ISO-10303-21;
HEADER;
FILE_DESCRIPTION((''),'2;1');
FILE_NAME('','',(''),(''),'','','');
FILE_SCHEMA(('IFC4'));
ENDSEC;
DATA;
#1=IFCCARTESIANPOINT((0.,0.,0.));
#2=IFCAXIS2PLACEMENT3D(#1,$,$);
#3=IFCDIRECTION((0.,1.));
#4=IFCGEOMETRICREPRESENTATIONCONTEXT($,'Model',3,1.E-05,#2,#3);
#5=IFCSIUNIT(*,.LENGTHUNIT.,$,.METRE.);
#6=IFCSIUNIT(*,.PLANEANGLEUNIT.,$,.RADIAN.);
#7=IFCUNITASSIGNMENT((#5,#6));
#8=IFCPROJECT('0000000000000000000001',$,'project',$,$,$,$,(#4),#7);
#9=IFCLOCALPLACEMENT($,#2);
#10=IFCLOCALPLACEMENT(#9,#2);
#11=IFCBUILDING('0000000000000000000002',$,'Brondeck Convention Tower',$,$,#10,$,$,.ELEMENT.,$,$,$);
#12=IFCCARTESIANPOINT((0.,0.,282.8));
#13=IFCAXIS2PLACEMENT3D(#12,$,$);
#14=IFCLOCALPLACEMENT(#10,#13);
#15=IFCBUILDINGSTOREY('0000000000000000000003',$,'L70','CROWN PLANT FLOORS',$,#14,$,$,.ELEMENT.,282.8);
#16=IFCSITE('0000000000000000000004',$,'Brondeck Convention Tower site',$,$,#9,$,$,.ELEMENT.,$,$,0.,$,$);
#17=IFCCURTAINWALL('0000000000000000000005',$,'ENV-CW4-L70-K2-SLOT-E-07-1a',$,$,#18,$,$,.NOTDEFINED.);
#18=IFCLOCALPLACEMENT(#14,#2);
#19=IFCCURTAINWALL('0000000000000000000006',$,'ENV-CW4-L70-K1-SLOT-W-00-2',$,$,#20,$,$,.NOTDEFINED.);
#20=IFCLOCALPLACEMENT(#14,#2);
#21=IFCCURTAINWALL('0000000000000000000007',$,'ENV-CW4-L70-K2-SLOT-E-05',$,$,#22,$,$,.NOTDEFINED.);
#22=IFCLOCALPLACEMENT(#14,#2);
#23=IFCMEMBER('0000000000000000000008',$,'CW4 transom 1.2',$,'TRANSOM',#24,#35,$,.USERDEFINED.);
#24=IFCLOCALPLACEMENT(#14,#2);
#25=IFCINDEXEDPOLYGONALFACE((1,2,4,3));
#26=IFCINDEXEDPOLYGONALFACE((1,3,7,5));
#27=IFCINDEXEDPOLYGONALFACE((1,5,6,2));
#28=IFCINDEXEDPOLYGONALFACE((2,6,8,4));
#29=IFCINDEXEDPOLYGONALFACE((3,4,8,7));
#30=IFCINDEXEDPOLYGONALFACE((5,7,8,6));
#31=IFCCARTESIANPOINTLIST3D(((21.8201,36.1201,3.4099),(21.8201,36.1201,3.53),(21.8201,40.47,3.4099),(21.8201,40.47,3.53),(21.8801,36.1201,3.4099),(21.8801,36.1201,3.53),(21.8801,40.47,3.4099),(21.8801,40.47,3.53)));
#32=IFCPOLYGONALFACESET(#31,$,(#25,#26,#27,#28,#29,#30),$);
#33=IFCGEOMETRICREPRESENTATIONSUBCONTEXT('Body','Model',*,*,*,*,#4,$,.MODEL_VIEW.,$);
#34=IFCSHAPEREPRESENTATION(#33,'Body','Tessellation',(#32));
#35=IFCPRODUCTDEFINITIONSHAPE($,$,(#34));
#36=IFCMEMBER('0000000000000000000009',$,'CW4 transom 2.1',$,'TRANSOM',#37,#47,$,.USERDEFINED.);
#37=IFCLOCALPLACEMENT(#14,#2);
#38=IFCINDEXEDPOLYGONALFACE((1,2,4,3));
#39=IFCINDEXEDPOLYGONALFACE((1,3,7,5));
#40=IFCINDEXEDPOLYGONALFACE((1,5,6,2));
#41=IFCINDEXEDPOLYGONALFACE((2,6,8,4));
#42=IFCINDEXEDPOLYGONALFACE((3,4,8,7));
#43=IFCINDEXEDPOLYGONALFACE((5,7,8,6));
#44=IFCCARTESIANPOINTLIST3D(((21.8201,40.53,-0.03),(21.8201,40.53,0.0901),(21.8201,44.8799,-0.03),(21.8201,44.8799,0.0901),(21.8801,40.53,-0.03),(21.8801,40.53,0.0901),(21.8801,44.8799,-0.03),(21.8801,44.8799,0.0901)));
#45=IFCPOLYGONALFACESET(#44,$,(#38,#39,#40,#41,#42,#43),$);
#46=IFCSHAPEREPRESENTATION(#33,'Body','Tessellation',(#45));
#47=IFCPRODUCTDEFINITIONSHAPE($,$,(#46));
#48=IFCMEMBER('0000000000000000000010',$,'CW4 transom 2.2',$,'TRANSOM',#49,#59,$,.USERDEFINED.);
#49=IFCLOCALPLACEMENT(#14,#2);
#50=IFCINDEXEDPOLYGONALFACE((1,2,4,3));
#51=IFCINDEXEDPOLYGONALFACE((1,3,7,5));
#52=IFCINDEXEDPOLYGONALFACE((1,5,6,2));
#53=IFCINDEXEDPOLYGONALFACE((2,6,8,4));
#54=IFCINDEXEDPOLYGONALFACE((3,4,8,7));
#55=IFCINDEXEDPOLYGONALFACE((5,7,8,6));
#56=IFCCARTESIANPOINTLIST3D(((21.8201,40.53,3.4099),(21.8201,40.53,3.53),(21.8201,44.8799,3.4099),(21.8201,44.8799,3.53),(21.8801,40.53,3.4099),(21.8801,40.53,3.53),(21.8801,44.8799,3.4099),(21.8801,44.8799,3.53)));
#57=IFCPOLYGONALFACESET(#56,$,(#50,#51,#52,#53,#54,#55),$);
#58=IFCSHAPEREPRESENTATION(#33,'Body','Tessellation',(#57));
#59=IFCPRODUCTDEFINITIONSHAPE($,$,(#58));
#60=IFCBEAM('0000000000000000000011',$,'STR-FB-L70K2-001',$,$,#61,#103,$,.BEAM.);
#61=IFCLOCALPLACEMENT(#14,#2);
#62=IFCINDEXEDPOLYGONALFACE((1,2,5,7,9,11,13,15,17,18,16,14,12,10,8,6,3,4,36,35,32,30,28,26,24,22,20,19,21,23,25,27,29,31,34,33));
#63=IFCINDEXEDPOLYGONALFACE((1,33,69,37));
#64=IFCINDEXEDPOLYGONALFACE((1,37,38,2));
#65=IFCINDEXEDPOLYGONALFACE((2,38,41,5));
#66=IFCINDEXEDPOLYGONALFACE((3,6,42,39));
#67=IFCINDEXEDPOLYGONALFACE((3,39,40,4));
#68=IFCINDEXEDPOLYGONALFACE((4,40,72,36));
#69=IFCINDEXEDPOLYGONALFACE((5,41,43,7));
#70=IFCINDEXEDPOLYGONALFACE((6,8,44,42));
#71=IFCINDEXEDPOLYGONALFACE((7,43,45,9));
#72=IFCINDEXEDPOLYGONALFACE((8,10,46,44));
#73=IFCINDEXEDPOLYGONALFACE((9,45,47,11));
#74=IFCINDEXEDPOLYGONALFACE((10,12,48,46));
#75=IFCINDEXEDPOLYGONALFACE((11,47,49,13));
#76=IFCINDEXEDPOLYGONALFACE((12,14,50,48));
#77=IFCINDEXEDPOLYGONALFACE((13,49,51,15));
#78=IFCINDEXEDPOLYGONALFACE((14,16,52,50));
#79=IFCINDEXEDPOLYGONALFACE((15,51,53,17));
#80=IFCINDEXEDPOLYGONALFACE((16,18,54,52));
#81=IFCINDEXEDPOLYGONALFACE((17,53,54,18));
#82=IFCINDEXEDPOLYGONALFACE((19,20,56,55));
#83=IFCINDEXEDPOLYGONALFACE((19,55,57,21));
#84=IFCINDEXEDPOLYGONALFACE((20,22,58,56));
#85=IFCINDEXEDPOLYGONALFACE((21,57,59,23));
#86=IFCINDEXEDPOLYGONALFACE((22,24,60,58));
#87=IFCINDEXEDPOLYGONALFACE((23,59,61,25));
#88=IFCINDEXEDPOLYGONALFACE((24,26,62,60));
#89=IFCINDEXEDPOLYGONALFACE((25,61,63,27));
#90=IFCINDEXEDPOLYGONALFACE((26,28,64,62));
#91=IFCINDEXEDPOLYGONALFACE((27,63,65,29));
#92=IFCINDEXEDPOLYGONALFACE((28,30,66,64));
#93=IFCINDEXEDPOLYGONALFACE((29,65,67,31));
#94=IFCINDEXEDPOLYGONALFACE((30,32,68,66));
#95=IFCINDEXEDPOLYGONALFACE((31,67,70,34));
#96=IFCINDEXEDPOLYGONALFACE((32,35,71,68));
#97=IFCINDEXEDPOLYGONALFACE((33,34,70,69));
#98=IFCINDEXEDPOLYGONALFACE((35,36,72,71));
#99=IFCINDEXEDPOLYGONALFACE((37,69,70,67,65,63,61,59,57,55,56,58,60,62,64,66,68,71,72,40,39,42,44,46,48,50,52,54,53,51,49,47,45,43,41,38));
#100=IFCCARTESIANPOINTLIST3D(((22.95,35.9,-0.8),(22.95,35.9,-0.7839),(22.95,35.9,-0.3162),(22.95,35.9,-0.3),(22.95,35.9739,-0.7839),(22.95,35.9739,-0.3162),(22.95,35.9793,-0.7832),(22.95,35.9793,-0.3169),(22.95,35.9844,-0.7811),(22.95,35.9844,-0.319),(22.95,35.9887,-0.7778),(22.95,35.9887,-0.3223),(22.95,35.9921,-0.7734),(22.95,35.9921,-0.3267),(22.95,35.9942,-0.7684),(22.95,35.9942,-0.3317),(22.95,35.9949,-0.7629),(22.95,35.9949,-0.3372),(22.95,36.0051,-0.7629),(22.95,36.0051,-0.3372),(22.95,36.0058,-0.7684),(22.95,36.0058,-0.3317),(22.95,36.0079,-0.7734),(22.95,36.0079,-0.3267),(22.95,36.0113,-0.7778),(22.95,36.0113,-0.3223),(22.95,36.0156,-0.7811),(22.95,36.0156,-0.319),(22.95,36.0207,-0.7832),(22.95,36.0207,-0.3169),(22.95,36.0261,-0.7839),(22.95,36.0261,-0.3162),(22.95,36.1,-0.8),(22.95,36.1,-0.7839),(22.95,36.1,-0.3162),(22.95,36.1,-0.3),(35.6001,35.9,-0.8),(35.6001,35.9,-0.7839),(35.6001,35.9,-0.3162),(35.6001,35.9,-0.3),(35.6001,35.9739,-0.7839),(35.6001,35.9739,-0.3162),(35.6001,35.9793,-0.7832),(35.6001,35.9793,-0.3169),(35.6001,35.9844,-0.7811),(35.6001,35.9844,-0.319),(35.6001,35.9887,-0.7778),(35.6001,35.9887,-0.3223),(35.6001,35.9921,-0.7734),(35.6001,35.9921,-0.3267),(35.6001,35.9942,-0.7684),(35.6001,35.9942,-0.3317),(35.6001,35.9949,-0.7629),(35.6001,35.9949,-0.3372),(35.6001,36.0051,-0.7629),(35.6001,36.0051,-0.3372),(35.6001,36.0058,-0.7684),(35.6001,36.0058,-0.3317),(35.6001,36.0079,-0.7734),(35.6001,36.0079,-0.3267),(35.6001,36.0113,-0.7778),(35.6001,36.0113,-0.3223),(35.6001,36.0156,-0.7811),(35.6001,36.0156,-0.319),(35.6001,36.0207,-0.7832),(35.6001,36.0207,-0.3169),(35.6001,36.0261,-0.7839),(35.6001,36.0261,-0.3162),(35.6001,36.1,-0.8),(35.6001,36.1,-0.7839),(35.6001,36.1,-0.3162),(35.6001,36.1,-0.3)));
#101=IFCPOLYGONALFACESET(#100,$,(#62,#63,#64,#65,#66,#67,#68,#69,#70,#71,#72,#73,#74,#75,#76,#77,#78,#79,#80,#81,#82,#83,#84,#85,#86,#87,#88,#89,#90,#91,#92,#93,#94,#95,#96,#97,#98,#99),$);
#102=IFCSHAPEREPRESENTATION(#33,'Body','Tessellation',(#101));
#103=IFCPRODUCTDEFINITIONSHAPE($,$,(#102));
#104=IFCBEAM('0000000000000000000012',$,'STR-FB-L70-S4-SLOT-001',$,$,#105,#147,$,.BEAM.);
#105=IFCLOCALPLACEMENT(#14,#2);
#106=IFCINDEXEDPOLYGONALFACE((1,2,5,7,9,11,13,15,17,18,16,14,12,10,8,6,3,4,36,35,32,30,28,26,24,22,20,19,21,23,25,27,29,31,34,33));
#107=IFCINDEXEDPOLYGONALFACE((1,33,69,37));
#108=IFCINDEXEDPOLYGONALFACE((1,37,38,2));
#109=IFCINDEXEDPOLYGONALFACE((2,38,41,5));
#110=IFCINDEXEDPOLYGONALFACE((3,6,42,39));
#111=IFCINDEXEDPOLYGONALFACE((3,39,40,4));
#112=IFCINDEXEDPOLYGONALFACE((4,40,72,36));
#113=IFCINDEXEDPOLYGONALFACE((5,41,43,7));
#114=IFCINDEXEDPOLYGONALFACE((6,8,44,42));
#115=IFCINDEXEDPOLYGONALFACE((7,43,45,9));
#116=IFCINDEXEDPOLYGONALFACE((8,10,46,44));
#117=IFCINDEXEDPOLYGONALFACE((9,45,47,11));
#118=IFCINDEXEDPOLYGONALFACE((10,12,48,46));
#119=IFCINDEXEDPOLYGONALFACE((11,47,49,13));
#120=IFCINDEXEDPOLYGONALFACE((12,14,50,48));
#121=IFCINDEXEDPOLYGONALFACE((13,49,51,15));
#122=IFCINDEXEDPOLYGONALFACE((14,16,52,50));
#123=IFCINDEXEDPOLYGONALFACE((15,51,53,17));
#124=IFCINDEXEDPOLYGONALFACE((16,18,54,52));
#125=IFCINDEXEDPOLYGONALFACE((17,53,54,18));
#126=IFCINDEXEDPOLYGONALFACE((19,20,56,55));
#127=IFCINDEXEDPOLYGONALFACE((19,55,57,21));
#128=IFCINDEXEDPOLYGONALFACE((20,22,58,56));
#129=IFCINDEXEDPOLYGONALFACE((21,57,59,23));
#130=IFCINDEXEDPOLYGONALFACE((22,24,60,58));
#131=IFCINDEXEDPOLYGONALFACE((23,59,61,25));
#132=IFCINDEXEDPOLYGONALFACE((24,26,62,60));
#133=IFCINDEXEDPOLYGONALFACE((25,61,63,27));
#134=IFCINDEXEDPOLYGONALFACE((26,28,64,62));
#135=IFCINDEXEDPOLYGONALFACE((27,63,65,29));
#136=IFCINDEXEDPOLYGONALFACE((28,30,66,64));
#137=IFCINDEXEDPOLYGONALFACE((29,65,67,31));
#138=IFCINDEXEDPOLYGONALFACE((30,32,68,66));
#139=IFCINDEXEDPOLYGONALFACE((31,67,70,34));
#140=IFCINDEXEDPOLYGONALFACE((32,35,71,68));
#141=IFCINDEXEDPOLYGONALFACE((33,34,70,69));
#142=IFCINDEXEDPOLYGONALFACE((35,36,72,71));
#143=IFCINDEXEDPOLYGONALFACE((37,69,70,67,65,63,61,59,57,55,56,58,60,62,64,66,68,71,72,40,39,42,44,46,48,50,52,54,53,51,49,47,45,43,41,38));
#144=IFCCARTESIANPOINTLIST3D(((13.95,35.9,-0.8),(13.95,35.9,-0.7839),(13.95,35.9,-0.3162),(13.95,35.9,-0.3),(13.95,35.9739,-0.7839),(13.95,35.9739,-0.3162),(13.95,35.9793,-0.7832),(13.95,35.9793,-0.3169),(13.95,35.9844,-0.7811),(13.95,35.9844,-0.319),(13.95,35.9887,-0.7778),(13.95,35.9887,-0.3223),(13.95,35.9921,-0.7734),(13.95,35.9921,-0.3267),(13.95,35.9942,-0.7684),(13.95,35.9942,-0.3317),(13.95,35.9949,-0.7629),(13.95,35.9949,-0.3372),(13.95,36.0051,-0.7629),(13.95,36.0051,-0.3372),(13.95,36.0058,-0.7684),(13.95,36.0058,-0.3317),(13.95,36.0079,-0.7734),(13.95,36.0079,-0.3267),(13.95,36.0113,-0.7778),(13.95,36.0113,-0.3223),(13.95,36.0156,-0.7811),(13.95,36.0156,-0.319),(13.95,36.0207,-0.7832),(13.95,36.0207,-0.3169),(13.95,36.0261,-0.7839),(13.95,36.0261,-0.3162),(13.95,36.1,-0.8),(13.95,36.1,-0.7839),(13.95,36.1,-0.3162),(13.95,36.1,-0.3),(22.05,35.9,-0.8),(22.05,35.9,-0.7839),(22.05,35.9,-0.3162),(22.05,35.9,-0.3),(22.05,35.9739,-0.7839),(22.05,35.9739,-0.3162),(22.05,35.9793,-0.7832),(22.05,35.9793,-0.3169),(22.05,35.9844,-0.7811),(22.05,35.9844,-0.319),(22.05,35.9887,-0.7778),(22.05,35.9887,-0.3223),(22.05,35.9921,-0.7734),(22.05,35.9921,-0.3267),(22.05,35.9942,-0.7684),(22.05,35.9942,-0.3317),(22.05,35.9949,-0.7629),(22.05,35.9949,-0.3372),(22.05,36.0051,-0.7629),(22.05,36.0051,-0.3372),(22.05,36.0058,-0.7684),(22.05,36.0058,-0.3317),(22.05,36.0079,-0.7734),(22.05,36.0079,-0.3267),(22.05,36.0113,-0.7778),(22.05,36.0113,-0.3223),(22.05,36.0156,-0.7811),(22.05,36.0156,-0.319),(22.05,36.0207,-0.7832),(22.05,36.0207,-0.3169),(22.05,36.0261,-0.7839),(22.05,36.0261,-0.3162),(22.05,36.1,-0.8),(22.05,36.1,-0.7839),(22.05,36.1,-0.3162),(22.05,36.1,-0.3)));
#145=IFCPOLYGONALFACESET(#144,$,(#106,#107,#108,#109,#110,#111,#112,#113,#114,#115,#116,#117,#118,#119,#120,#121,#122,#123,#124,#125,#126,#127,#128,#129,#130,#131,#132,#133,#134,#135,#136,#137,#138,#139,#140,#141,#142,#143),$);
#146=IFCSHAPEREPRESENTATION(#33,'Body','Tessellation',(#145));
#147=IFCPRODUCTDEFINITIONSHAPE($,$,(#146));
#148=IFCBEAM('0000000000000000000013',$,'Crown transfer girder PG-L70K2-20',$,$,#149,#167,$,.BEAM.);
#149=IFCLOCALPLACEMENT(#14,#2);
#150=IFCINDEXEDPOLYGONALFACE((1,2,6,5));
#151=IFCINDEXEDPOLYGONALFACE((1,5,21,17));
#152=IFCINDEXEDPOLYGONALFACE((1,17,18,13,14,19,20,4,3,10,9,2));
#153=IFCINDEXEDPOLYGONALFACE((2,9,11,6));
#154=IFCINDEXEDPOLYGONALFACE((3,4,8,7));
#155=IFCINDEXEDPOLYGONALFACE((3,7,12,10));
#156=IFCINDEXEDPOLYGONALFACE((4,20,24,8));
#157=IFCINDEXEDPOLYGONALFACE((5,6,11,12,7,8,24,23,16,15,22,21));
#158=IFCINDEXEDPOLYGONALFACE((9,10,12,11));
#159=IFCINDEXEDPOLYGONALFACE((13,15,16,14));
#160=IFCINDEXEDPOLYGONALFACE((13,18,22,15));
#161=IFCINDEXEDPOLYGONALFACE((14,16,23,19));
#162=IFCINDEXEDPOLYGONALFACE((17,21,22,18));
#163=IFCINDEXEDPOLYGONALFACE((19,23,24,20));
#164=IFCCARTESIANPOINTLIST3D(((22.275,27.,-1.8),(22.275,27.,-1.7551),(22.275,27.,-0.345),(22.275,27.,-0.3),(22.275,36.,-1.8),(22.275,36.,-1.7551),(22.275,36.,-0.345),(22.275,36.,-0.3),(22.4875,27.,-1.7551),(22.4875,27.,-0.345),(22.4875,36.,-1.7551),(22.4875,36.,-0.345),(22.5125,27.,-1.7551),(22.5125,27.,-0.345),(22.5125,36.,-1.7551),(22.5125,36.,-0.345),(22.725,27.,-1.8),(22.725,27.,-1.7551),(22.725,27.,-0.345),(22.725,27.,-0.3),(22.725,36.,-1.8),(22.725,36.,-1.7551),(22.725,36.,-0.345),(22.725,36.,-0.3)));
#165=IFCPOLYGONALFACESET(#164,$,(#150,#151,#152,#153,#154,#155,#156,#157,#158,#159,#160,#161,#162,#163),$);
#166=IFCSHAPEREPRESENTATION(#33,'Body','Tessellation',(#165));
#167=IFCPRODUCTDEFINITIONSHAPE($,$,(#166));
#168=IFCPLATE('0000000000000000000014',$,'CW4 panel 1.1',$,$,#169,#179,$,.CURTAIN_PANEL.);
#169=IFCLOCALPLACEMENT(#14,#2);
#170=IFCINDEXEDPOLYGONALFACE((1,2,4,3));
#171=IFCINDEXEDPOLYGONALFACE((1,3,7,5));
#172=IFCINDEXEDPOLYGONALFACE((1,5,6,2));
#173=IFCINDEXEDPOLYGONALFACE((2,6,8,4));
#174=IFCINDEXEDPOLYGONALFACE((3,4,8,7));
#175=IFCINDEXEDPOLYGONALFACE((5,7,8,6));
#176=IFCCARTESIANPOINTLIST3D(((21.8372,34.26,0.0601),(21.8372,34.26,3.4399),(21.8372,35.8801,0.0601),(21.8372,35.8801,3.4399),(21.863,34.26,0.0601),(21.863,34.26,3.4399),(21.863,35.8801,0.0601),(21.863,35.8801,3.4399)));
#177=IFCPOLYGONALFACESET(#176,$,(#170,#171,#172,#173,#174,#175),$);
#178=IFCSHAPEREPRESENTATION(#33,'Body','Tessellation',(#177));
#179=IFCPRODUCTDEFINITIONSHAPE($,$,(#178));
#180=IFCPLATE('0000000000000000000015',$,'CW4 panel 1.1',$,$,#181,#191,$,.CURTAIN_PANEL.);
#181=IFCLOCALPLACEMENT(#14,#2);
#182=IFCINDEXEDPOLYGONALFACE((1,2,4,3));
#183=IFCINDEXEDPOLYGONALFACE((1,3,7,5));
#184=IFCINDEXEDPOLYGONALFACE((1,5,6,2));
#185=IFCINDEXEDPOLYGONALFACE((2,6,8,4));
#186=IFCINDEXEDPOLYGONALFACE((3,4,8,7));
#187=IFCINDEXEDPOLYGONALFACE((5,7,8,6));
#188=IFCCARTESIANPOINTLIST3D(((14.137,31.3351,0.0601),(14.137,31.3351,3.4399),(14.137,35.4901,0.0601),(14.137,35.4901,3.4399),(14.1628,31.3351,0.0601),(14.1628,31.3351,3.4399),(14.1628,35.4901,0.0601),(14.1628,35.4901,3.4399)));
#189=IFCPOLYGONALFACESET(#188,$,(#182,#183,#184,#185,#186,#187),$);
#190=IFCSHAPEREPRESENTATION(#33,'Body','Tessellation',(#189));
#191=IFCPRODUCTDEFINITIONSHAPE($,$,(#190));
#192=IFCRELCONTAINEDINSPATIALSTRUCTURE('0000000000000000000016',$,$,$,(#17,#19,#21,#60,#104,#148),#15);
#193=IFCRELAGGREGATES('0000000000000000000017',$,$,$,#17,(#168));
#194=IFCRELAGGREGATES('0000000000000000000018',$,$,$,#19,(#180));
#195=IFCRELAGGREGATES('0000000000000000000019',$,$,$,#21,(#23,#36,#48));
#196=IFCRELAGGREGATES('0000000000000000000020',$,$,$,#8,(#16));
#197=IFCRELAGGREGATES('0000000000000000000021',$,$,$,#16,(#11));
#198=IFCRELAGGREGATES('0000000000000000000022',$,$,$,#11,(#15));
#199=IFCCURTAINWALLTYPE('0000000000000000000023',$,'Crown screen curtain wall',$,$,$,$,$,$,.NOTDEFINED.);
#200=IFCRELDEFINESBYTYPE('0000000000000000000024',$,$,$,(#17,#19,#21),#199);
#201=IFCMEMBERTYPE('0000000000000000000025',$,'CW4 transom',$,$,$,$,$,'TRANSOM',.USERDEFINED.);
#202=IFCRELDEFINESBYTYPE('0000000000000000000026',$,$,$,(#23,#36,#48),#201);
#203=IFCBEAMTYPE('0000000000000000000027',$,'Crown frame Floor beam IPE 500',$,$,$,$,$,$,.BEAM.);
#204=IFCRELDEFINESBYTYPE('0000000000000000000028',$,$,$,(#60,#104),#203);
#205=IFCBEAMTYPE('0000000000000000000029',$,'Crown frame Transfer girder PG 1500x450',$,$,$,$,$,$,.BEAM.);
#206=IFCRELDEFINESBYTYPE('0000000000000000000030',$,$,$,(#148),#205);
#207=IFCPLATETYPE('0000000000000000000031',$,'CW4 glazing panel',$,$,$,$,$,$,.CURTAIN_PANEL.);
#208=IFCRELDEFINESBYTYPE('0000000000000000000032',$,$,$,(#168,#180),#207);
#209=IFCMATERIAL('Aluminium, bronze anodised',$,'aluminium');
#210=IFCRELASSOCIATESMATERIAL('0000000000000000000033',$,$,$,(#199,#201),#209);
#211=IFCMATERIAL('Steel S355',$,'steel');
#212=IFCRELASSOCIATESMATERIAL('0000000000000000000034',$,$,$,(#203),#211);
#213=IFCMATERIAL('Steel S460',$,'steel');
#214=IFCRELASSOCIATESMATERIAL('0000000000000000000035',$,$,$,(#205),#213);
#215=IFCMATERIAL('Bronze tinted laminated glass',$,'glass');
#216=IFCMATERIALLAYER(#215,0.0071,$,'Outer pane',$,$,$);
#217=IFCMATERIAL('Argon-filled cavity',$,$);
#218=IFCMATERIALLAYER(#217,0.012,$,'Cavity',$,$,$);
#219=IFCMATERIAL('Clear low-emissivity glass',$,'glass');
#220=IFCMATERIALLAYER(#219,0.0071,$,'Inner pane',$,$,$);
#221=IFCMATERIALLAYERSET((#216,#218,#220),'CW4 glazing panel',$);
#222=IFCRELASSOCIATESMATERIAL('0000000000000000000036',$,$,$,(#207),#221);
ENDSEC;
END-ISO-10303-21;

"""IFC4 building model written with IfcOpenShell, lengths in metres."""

from ifc_helpers import new_model, si_unit, direction, frame, origin, origin_2d, place, context, subcontext, project, spatial, rectangle, i_section, extrude, material, layer, layer_set, material_profile, profile_set, type_object, element, aggregate, save


model = new_model("IFC4")

# Units and contexts
model_context = context("Model", 3, precision=1e-05, world=origin(), true_north=direction((0.0, 1.0)))
body_context = subcontext(model_context, "Body", "Model", "MODEL_VIEW")
ifc_project = project(units=[si_unit("LENGTHUNIT", "METRE"), si_unit("PLANEANGLEUNIT", "RADIAN")], contexts=[model_context])

# Site, building, storey
site_placement = place(None, origin())
site = spatial("IfcSite", under=ifc_project, at=site_placement, Name="Brondeck Convention Tower site", CompositionType="ELEMENT", RefElevation=0.0)
building_placement = place(site_placement, origin())
building = spatial("IfcBuilding", under=site, at=building_placement, Name="Brondeck Convention Tower", CompositionType="ELEMENT")
storey_placement = place(building_placement, frame((0.0, 0.0, 282.8)))
storey = spatial("IfcBuildingStorey", under=building, at=storey_placement, Name="L70", Description="CROWN PLANT FLOORS", CompositionType="ELEMENT", Elevation=282.8)

# Curtain walls
ifc_material_1 = material(Name="Aluminium, bronze anodised", Category="aluminium")
curtain_wall_type = type_object("IfcCurtainWallType", Name="Crown screen curtain wall", PredefinedType="NOTDEFINED", material=ifc_material_1)
curtain_wall_1_placement = place(storey_placement, origin())
curtain_wall_1 = element("IfcCurtainWall", 1, at=curtain_wall_1_placement, inside=storey, type_object=curtain_wall_type, Name="ENV-CW4-L70-K2-SLOT-E-07-1a", PredefinedType="NOTDEFINED")
curtain_wall_2_placement = place(storey_placement, origin())
curtain_wall_2 = element("IfcCurtainWall", 2, at=curtain_wall_2_placement, inside=storey, type_object=curtain_wall_type, Name="ENV-CW4-L70-K1-SLOT-W-00-2", PredefinedType="NOTDEFINED")
curtain_wall_3_placement = place(storey_placement, origin())
curtain_wall_3 = element("IfcCurtainWall", 3, at=curtain_wall_3_placement, inside=storey, type_object=curtain_wall_type, Name="ENV-CW4-L70-K2-SLOT-E-05", PredefinedType="NOTDEFINED")

# Members
ifc_material_profile_1 = material_profile(ifc_material_1, rectangle(XDim=0.0601, YDim=0.1201, at=origin_2d()), Name="CW4 transom")
ifc_profile_set_1 = profile_set([ifc_material_profile_1], Name="Aluminium, bronze anodised")
member_type_1 = type_object("IfcMemberType", Name="CW4 transom", ElementType="TRANSOM", PredefinedType="USERDEFINED", material=ifc_profile_set_1)
member_1_placement = place(storey_placement, frame((21.8501, 36.1201, 3.47), z_axis=(0.0, 1.0, 0.0), x_axis=(-1.0, 0.0, 0.0)))
member_1 = element("IfcMember", 4, at=member_1_placement, type_object=member_type_1, Name="CW4 transom 1.2", ObjectType="TRANSOM", PredefinedType="USERDEFINED", context=body_context, shape_type="SweptSolid", body=[
    extrude(rectangle(XDim=0.0601, YDim=0.1201, at=origin_2d()), origin(), (0.0, 0.0, 1.0), 4.3499),
])
member_2_placement = place(storey_placement, frame((21.8501, 40.53, 0.03), z_axis=(0.0, 1.0, 0.0), x_axis=(-1.0, 0.0, 0.0)))
member_2 = element("IfcMember", 5, at=member_2_placement, type_object=member_type_1, Name="CW4 transom 2.1", ObjectType="TRANSOM", PredefinedType="USERDEFINED", context=body_context, shape_type="SweptSolid", body=[
    extrude(rectangle(XDim=0.0601, YDim=0.1201, at=origin_2d()), origin(), (0.0, 0.0, 1.0), 4.3499),
])
member_3_placement = place(storey_placement, frame((21.8501, 40.53, 3.47), z_axis=(0.0, 1.0, 0.0), x_axis=(-1.0, 0.0, 0.0)))
member_3 = element("IfcMember", 6, at=member_3_placement, type_object=member_type_1, Name="CW4 transom 2.2", ObjectType="TRANSOM", PredefinedType="USERDEFINED", context=body_context, shape_type="SweptSolid", body=[
    extrude(rectangle(XDim=0.0601, YDim=0.1201, at=origin_2d()), origin(), (0.0, 0.0, 1.0), 4.3499),
])

# Beams
ifc_material_2 = material(Name="Steel S355", Category="steel")
ifc_material_profile_2 = material_profile(ifc_material_2, i_section(OverallWidth=0.2, OverallDepth=0.5, WebThickness=0.0103, FlangeThickness=0.0161, FilletRadius=0.021, at=origin_2d()), Name="IPE 500")
ifc_profile_set_2 = profile_set([ifc_material_profile_2], Name="Steel S355")
beam_type_1 = type_object("IfcBeamType", Name="Crown frame Floor beam IPE 500", PredefinedType="BEAM", material=ifc_profile_set_2)
beam_1_placement = place(storey_placement, frame((22.95, 36.0, -0.55), z_axis=(1.0, 0.0, 0.0), x_axis=(0.0, 1.0, 0.0)))
element("IfcBeam", 7, at=beam_1_placement, inside=storey, type_object=beam_type_1, Name="STR-FB-L70K2-001", PredefinedType="BEAM", context=body_context, shape_type="SweptSolid", body=[
    extrude(i_section(OverallWidth=0.2, OverallDepth=0.5, WebThickness=0.0103, FlangeThickness=0.0161, FilletRadius=0.021, at=origin_2d()), origin(), (0.0, 0.0, 1.0), 12.6501),
])
beam_2_placement = place(storey_placement, frame((13.95, 36.0, -0.55), z_axis=(1.0, 0.0, 0.0), x_axis=(0.0, 1.0, 0.0)))
element("IfcBeam", 8, at=beam_2_placement, inside=storey, type_object=beam_type_1, Name="STR-FB-L70-S4-SLOT-001", PredefinedType="BEAM", context=body_context, shape_type="SweptSolid", body=[
    extrude(i_section(OverallWidth=0.2, OverallDepth=0.5, WebThickness=0.0103, FlangeThickness=0.0161, FilletRadius=0.021, at=origin_2d()), origin(), (0.0, 0.0, 1.0), 8.1001),
])
ifc_material_3 = material(Name="Steel S460", Category="steel")
ifc_material_profile_3 = material_profile(ifc_material_3, i_section(OverallWidth=0.45, OverallDepth=1.5, WebThickness=0.0249, FlangeThickness=0.0449, at=origin_2d()), Name="PG 1500x450")
ifc_profile_set_3 = profile_set([ifc_material_profile_3], Name="Steel S460")
beam_type_2 = type_object("IfcBeamType", Name="Crown frame Transfer girder PG 1500x450", PredefinedType="BEAM", material=ifc_profile_set_3)
beam_3_placement = place(storey_placement, frame((22.5, 36.0, -1.05), z_axis=(0.0, -1.0, 0.0), x_axis=(1.0, 0.0, 0.0)))
element("IfcBeam", 9, at=beam_3_placement, inside=storey, type_object=beam_type_2, Name="Crown transfer girder PG-L70K2-20", PredefinedType="BEAM", context=body_context, shape_type="SweptSolid", body=[
    extrude(i_section(OverallWidth=0.45, OverallDepth=1.5, WebThickness=0.0249, FlangeThickness=0.0449, at=origin_2d()), origin(), (0.0, 0.0, 1.0), 9.0),
])

# Plates
ifc_material_4 = material(Name="Bronze tinted laminated glass", Category="glass")
ifc_layer_1 = layer(ifc_material_4, 0.0071, Name="Outer pane")
ifc_material_5 = material(Name="Argon-filled cavity")
ifc_layer_2 = layer(ifc_material_5, 0.012, Name="Cavity")
ifc_material_6 = material(Name="Clear low-emissivity glass", Category="glass")
ifc_layer_3 = layer(ifc_material_6, 0.0071, Name="Inner pane")
ifc_layer_set_1 = layer_set([ifc_layer_1, ifc_layer_2, ifc_layer_3], Name="CW4 glazing panel")
plate_type = type_object("IfcPlateType", Name="CW4 glazing panel", PredefinedType="CURTAIN_PANEL", material=ifc_layer_set_1)
plate_1_placement = place(storey_placement, frame((21.8501, 35.0701, 0.0601), z_axis=(0.0, 0.0, 1.0), x_axis=(0.0, 1.0, 0.0)))
plate_1 = element("IfcPlate", 10, at=plate_1_placement, type_object=plate_type, Name="CW4 panel 1.1", PredefinedType="CURTAIN_PANEL", context=body_context, shape_type="SweptSolid", body=[
    extrude(rectangle(XDim=1.6201, YDim=0.0259, at=origin_2d()), origin(), (0.0, 0.0, 1.0), 3.3799),
])
aggregate(curtain_wall_1, [plate_1])
plate_2_placement = place(storey_placement, frame((14.1499, 33.4126, 0.0601), z_axis=(0.0, 0.0, 1.0), x_axis=(0.0, -1.0, 0.0)))
plate_2 = element("IfcPlate", 11, at=plate_2_placement, type_object=plate_type, Name="CW4 panel 1.1", PredefinedType="CURTAIN_PANEL", context=body_context, shape_type="SweptSolid", body=[
    extrude(rectangle(XDim=4.155, YDim=0.0259, at=origin_2d()), origin(), (0.0, 0.0, 1.0), 3.3799),
])
aggregate(curtain_wall_2, [plate_2])
aggregate(curtain_wall_3, [member_1, member_2, member_3])

save(model, "model.ifc")
